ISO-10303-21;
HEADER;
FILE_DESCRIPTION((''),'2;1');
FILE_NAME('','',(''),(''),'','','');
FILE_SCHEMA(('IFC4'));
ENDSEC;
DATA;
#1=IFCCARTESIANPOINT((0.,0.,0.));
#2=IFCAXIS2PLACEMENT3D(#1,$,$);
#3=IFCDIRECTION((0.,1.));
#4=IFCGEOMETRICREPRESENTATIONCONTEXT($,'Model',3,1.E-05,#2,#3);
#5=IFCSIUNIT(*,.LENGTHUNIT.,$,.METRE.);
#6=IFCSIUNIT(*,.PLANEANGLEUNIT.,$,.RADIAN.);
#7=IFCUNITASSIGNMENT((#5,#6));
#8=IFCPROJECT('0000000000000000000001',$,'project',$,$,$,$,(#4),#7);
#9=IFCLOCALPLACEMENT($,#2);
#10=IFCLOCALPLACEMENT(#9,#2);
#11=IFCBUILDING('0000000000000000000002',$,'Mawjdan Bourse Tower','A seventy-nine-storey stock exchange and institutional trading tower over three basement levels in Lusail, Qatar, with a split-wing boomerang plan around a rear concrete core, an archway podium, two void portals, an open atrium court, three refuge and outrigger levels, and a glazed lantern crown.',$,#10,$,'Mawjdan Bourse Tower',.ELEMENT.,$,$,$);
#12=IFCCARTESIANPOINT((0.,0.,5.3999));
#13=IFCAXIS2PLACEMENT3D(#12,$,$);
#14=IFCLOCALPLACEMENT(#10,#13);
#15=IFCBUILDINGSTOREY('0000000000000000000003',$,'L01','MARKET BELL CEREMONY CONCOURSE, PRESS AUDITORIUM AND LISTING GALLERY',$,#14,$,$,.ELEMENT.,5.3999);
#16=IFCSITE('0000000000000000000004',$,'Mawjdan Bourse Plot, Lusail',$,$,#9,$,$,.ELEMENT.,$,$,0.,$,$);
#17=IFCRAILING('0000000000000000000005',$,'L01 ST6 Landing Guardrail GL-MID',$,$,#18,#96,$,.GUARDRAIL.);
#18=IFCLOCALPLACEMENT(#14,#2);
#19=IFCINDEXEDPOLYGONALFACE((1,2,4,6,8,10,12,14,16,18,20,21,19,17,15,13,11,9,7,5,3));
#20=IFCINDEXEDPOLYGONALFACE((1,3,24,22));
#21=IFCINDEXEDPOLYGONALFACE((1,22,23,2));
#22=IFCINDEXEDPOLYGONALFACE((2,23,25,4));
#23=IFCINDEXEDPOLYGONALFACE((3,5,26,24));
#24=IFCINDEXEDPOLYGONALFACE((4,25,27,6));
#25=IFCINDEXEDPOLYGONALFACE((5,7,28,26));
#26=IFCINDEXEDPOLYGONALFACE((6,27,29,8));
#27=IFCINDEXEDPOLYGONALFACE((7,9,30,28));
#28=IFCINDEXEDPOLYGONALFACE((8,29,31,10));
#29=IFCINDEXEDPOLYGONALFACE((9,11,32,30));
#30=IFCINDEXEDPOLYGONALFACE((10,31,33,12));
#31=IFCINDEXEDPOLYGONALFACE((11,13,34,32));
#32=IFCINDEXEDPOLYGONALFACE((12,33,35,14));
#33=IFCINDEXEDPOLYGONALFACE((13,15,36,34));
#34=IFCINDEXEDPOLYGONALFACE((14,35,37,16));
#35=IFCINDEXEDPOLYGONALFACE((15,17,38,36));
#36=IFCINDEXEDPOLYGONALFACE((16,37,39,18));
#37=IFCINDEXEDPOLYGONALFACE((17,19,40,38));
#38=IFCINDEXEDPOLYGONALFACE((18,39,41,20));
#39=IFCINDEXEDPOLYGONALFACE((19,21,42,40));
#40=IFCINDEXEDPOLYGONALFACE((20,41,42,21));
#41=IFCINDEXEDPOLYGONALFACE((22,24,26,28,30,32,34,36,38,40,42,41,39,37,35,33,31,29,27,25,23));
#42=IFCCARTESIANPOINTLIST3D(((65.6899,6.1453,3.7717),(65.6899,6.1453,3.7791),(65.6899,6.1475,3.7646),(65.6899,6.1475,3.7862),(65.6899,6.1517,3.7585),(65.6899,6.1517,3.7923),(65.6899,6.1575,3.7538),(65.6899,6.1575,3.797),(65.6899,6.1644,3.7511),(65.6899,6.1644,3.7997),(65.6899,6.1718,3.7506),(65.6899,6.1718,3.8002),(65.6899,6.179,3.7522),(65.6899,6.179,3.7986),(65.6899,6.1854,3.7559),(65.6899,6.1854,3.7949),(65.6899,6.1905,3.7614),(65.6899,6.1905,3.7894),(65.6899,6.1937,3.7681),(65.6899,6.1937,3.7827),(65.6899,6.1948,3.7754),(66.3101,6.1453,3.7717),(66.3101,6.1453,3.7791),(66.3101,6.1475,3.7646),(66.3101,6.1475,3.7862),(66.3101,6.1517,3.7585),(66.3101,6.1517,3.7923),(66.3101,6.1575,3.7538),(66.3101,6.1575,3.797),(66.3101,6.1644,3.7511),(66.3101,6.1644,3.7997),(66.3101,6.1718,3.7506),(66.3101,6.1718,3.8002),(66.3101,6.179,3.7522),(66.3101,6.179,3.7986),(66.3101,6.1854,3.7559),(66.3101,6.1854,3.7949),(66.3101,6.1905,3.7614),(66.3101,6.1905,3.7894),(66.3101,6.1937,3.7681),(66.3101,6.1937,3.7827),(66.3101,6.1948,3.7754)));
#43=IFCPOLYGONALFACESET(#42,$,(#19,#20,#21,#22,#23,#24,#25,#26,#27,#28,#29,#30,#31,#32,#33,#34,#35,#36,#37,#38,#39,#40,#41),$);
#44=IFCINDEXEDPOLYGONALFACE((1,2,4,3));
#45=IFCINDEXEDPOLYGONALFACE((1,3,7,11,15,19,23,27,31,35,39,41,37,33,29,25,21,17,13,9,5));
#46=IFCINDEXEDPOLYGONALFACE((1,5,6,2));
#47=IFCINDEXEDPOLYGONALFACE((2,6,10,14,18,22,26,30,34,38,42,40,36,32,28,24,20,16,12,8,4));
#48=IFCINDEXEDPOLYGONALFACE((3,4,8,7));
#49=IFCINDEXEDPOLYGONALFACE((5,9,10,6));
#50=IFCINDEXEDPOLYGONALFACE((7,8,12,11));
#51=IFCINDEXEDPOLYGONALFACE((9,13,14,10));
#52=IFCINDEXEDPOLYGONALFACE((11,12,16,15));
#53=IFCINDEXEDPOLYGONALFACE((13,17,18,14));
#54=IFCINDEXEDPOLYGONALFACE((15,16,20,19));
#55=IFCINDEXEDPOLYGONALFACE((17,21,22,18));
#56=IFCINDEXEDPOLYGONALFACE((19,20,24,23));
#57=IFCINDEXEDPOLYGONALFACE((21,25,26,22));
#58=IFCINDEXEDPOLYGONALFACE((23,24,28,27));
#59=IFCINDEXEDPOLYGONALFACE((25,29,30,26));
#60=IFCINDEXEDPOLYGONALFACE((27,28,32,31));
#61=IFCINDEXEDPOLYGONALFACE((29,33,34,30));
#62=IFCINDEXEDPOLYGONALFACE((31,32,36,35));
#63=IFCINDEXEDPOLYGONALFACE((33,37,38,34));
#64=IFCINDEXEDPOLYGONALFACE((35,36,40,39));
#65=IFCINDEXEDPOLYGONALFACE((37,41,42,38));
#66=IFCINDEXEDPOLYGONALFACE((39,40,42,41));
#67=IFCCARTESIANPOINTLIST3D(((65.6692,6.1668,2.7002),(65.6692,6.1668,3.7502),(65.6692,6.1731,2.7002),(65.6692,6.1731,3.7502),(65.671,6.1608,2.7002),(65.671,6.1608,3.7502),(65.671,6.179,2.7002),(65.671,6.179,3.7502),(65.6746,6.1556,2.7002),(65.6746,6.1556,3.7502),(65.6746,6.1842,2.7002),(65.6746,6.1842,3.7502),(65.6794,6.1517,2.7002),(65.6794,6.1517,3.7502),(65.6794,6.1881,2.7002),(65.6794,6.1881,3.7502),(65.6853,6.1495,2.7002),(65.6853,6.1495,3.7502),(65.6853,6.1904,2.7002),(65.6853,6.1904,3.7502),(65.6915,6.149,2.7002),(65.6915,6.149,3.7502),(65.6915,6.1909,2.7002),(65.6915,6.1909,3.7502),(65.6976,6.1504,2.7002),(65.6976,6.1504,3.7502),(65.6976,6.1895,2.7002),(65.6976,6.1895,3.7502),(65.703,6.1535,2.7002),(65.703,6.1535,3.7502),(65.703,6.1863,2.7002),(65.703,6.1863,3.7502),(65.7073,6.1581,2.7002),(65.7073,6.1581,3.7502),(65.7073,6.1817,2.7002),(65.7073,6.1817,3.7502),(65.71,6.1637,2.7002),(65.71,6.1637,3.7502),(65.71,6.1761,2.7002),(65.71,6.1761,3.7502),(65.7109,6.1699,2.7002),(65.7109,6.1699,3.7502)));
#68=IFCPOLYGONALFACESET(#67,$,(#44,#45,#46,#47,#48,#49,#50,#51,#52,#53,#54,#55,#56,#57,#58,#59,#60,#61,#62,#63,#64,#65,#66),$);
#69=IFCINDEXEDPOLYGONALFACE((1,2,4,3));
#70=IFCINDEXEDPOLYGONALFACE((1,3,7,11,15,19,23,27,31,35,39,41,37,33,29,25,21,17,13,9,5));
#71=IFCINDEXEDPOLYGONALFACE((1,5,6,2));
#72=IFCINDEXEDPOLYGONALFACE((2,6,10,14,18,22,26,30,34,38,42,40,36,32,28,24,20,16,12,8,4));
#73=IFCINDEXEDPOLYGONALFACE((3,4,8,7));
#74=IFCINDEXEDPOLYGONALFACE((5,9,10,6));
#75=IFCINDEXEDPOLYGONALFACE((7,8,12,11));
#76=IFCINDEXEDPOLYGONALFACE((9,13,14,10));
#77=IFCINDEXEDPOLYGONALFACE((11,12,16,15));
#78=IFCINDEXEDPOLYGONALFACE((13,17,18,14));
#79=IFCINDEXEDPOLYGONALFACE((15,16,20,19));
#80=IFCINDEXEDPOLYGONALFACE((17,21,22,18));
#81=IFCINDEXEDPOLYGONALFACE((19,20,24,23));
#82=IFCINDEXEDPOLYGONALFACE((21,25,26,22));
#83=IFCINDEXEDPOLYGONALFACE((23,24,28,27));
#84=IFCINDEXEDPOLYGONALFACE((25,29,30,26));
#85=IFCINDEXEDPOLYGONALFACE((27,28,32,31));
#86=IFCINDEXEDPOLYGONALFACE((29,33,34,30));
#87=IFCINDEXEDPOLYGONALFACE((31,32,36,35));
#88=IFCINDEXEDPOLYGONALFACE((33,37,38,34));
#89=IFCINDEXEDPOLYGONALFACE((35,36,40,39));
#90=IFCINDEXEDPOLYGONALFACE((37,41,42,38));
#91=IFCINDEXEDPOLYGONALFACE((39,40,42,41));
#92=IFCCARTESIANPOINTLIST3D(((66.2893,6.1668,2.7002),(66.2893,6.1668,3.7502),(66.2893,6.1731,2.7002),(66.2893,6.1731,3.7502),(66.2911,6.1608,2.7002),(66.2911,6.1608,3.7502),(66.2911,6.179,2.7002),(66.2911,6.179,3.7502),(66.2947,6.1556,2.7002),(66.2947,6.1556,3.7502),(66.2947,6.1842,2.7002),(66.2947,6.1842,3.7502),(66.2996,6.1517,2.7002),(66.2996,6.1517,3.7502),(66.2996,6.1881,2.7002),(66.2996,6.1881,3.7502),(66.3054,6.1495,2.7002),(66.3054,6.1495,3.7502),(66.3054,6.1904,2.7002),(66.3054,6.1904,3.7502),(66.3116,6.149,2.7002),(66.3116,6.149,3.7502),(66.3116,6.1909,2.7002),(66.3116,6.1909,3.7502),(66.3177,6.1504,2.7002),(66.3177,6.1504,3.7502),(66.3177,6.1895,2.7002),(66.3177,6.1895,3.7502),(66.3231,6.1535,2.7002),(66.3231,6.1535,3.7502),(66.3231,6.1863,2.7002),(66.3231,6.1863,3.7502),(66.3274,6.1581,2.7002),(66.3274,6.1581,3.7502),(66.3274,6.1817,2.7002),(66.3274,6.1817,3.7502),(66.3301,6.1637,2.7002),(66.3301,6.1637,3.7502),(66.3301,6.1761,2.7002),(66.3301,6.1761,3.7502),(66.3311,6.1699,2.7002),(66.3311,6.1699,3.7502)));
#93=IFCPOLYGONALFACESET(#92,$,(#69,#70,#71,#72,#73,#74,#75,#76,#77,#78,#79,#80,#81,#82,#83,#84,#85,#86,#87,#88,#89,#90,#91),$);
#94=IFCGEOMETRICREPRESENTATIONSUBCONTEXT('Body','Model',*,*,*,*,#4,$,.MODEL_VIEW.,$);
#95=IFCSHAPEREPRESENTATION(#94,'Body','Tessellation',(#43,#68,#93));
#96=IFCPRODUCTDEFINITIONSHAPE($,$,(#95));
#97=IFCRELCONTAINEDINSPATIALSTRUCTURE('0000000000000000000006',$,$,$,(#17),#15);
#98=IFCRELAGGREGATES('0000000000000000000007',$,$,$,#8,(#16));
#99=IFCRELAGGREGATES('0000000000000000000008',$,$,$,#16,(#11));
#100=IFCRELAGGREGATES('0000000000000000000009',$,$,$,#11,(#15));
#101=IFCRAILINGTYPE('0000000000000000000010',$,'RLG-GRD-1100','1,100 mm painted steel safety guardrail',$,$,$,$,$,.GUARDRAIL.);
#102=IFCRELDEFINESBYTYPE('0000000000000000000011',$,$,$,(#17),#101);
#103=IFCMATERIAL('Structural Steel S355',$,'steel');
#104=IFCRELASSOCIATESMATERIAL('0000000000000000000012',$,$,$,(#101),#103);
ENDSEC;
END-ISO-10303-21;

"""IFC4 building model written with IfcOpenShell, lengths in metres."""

from ifc_helpers import new_model, si_unit, direction, frame, origin, origin_2d, place, context, subcontext, project, spatial, circle, extrude, material, type_object, element, save


model = new_model("IFC4")

# Units and contexts
model_context = context("Model", 3, precision=1e-05, world=origin(), true_north=direction((0.0, 1.0)))
body_context = subcontext(model_context, "Body", "Model", "MODEL_VIEW")
ifc_project = project(units=[si_unit("LENGTHUNIT", "METRE"), si_unit("PLANEANGLEUNIT", "RADIAN")], contexts=[model_context])

# Site, building, storey
site_placement = place(None, origin())
site = spatial("IfcSite", under=ifc_project, at=site_placement, Name="Mawjdan Bourse Plot, Lusail", CompositionType="ELEMENT", RefElevation=0.0)
building_placement = place(site_placement, origin())
building = spatial("IfcBuilding", under=site, at=building_placement, Name="Mawjdan Bourse Tower", Description="A seventy-nine-storey stock exchange and institutional trading tower over three basement levels in Lusail, Qatar, with a split-wing boomerang plan around a rear concrete core, an archway podium, two void portals, an open atrium court, three refuge and outrigger levels, and a glazed lantern crown.", LongName="Mawjdan Bourse Tower", CompositionType="ELEMENT")
storey_placement = place(building_placement, frame((0.0, 0.0, 5.3999)))
storey = spatial("IfcBuildingStorey", under=building, at=storey_placement, Name="L01", Description="MARKET BELL CEREMONY CONCOURSE, PRESS AUDITORIUM AND LISTING GALLERY", CompositionType="ELEMENT", Elevation=5.3999)

# Shared definitions
ifc_material_1 = material(Name="Structural Steel S355", Category="steel")

# Railing
railing_type_1 = type_object("IfcRailingType", Name="RLG-GRD-1100", Description="1,100 mm painted steel safety guardrail", PredefinedType="GUARDRAIL", material=ifc_material_1)
railing_1_placement = place(storey_placement, frame((65.6899, 6.1699, 2.7002)))
element("IfcRailing", 1, at=railing_1_placement, inside=storey, type_object=railing_type_1, Name="L01 ST6 Landing Guardrail GL-MID", PredefinedType="GUARDRAIL", context=body_context, shape_type="SweptSolid", body=[
    extrude(circle(Radius=0.0249, at=origin_2d()), frame((0.0, 0.0, 1.0752), z_axis=(1.0, 0.0, 0.0), x_axis=(0.0, 1.0, 0.0)), (0.0, 0.0, 1.0), 0.6201),
    extrude(circle(Radius=0.021, at=origin_2d()), origin(), (0.0, 0.0, 1.0), 1.05),
    extrude(circle(Radius=0.021, at=origin_2d()), frame((0.6201, 0.0, 0.0)), (0.0, 0.0, 1.0), 1.05),
])

save(model, "model.ifc")
